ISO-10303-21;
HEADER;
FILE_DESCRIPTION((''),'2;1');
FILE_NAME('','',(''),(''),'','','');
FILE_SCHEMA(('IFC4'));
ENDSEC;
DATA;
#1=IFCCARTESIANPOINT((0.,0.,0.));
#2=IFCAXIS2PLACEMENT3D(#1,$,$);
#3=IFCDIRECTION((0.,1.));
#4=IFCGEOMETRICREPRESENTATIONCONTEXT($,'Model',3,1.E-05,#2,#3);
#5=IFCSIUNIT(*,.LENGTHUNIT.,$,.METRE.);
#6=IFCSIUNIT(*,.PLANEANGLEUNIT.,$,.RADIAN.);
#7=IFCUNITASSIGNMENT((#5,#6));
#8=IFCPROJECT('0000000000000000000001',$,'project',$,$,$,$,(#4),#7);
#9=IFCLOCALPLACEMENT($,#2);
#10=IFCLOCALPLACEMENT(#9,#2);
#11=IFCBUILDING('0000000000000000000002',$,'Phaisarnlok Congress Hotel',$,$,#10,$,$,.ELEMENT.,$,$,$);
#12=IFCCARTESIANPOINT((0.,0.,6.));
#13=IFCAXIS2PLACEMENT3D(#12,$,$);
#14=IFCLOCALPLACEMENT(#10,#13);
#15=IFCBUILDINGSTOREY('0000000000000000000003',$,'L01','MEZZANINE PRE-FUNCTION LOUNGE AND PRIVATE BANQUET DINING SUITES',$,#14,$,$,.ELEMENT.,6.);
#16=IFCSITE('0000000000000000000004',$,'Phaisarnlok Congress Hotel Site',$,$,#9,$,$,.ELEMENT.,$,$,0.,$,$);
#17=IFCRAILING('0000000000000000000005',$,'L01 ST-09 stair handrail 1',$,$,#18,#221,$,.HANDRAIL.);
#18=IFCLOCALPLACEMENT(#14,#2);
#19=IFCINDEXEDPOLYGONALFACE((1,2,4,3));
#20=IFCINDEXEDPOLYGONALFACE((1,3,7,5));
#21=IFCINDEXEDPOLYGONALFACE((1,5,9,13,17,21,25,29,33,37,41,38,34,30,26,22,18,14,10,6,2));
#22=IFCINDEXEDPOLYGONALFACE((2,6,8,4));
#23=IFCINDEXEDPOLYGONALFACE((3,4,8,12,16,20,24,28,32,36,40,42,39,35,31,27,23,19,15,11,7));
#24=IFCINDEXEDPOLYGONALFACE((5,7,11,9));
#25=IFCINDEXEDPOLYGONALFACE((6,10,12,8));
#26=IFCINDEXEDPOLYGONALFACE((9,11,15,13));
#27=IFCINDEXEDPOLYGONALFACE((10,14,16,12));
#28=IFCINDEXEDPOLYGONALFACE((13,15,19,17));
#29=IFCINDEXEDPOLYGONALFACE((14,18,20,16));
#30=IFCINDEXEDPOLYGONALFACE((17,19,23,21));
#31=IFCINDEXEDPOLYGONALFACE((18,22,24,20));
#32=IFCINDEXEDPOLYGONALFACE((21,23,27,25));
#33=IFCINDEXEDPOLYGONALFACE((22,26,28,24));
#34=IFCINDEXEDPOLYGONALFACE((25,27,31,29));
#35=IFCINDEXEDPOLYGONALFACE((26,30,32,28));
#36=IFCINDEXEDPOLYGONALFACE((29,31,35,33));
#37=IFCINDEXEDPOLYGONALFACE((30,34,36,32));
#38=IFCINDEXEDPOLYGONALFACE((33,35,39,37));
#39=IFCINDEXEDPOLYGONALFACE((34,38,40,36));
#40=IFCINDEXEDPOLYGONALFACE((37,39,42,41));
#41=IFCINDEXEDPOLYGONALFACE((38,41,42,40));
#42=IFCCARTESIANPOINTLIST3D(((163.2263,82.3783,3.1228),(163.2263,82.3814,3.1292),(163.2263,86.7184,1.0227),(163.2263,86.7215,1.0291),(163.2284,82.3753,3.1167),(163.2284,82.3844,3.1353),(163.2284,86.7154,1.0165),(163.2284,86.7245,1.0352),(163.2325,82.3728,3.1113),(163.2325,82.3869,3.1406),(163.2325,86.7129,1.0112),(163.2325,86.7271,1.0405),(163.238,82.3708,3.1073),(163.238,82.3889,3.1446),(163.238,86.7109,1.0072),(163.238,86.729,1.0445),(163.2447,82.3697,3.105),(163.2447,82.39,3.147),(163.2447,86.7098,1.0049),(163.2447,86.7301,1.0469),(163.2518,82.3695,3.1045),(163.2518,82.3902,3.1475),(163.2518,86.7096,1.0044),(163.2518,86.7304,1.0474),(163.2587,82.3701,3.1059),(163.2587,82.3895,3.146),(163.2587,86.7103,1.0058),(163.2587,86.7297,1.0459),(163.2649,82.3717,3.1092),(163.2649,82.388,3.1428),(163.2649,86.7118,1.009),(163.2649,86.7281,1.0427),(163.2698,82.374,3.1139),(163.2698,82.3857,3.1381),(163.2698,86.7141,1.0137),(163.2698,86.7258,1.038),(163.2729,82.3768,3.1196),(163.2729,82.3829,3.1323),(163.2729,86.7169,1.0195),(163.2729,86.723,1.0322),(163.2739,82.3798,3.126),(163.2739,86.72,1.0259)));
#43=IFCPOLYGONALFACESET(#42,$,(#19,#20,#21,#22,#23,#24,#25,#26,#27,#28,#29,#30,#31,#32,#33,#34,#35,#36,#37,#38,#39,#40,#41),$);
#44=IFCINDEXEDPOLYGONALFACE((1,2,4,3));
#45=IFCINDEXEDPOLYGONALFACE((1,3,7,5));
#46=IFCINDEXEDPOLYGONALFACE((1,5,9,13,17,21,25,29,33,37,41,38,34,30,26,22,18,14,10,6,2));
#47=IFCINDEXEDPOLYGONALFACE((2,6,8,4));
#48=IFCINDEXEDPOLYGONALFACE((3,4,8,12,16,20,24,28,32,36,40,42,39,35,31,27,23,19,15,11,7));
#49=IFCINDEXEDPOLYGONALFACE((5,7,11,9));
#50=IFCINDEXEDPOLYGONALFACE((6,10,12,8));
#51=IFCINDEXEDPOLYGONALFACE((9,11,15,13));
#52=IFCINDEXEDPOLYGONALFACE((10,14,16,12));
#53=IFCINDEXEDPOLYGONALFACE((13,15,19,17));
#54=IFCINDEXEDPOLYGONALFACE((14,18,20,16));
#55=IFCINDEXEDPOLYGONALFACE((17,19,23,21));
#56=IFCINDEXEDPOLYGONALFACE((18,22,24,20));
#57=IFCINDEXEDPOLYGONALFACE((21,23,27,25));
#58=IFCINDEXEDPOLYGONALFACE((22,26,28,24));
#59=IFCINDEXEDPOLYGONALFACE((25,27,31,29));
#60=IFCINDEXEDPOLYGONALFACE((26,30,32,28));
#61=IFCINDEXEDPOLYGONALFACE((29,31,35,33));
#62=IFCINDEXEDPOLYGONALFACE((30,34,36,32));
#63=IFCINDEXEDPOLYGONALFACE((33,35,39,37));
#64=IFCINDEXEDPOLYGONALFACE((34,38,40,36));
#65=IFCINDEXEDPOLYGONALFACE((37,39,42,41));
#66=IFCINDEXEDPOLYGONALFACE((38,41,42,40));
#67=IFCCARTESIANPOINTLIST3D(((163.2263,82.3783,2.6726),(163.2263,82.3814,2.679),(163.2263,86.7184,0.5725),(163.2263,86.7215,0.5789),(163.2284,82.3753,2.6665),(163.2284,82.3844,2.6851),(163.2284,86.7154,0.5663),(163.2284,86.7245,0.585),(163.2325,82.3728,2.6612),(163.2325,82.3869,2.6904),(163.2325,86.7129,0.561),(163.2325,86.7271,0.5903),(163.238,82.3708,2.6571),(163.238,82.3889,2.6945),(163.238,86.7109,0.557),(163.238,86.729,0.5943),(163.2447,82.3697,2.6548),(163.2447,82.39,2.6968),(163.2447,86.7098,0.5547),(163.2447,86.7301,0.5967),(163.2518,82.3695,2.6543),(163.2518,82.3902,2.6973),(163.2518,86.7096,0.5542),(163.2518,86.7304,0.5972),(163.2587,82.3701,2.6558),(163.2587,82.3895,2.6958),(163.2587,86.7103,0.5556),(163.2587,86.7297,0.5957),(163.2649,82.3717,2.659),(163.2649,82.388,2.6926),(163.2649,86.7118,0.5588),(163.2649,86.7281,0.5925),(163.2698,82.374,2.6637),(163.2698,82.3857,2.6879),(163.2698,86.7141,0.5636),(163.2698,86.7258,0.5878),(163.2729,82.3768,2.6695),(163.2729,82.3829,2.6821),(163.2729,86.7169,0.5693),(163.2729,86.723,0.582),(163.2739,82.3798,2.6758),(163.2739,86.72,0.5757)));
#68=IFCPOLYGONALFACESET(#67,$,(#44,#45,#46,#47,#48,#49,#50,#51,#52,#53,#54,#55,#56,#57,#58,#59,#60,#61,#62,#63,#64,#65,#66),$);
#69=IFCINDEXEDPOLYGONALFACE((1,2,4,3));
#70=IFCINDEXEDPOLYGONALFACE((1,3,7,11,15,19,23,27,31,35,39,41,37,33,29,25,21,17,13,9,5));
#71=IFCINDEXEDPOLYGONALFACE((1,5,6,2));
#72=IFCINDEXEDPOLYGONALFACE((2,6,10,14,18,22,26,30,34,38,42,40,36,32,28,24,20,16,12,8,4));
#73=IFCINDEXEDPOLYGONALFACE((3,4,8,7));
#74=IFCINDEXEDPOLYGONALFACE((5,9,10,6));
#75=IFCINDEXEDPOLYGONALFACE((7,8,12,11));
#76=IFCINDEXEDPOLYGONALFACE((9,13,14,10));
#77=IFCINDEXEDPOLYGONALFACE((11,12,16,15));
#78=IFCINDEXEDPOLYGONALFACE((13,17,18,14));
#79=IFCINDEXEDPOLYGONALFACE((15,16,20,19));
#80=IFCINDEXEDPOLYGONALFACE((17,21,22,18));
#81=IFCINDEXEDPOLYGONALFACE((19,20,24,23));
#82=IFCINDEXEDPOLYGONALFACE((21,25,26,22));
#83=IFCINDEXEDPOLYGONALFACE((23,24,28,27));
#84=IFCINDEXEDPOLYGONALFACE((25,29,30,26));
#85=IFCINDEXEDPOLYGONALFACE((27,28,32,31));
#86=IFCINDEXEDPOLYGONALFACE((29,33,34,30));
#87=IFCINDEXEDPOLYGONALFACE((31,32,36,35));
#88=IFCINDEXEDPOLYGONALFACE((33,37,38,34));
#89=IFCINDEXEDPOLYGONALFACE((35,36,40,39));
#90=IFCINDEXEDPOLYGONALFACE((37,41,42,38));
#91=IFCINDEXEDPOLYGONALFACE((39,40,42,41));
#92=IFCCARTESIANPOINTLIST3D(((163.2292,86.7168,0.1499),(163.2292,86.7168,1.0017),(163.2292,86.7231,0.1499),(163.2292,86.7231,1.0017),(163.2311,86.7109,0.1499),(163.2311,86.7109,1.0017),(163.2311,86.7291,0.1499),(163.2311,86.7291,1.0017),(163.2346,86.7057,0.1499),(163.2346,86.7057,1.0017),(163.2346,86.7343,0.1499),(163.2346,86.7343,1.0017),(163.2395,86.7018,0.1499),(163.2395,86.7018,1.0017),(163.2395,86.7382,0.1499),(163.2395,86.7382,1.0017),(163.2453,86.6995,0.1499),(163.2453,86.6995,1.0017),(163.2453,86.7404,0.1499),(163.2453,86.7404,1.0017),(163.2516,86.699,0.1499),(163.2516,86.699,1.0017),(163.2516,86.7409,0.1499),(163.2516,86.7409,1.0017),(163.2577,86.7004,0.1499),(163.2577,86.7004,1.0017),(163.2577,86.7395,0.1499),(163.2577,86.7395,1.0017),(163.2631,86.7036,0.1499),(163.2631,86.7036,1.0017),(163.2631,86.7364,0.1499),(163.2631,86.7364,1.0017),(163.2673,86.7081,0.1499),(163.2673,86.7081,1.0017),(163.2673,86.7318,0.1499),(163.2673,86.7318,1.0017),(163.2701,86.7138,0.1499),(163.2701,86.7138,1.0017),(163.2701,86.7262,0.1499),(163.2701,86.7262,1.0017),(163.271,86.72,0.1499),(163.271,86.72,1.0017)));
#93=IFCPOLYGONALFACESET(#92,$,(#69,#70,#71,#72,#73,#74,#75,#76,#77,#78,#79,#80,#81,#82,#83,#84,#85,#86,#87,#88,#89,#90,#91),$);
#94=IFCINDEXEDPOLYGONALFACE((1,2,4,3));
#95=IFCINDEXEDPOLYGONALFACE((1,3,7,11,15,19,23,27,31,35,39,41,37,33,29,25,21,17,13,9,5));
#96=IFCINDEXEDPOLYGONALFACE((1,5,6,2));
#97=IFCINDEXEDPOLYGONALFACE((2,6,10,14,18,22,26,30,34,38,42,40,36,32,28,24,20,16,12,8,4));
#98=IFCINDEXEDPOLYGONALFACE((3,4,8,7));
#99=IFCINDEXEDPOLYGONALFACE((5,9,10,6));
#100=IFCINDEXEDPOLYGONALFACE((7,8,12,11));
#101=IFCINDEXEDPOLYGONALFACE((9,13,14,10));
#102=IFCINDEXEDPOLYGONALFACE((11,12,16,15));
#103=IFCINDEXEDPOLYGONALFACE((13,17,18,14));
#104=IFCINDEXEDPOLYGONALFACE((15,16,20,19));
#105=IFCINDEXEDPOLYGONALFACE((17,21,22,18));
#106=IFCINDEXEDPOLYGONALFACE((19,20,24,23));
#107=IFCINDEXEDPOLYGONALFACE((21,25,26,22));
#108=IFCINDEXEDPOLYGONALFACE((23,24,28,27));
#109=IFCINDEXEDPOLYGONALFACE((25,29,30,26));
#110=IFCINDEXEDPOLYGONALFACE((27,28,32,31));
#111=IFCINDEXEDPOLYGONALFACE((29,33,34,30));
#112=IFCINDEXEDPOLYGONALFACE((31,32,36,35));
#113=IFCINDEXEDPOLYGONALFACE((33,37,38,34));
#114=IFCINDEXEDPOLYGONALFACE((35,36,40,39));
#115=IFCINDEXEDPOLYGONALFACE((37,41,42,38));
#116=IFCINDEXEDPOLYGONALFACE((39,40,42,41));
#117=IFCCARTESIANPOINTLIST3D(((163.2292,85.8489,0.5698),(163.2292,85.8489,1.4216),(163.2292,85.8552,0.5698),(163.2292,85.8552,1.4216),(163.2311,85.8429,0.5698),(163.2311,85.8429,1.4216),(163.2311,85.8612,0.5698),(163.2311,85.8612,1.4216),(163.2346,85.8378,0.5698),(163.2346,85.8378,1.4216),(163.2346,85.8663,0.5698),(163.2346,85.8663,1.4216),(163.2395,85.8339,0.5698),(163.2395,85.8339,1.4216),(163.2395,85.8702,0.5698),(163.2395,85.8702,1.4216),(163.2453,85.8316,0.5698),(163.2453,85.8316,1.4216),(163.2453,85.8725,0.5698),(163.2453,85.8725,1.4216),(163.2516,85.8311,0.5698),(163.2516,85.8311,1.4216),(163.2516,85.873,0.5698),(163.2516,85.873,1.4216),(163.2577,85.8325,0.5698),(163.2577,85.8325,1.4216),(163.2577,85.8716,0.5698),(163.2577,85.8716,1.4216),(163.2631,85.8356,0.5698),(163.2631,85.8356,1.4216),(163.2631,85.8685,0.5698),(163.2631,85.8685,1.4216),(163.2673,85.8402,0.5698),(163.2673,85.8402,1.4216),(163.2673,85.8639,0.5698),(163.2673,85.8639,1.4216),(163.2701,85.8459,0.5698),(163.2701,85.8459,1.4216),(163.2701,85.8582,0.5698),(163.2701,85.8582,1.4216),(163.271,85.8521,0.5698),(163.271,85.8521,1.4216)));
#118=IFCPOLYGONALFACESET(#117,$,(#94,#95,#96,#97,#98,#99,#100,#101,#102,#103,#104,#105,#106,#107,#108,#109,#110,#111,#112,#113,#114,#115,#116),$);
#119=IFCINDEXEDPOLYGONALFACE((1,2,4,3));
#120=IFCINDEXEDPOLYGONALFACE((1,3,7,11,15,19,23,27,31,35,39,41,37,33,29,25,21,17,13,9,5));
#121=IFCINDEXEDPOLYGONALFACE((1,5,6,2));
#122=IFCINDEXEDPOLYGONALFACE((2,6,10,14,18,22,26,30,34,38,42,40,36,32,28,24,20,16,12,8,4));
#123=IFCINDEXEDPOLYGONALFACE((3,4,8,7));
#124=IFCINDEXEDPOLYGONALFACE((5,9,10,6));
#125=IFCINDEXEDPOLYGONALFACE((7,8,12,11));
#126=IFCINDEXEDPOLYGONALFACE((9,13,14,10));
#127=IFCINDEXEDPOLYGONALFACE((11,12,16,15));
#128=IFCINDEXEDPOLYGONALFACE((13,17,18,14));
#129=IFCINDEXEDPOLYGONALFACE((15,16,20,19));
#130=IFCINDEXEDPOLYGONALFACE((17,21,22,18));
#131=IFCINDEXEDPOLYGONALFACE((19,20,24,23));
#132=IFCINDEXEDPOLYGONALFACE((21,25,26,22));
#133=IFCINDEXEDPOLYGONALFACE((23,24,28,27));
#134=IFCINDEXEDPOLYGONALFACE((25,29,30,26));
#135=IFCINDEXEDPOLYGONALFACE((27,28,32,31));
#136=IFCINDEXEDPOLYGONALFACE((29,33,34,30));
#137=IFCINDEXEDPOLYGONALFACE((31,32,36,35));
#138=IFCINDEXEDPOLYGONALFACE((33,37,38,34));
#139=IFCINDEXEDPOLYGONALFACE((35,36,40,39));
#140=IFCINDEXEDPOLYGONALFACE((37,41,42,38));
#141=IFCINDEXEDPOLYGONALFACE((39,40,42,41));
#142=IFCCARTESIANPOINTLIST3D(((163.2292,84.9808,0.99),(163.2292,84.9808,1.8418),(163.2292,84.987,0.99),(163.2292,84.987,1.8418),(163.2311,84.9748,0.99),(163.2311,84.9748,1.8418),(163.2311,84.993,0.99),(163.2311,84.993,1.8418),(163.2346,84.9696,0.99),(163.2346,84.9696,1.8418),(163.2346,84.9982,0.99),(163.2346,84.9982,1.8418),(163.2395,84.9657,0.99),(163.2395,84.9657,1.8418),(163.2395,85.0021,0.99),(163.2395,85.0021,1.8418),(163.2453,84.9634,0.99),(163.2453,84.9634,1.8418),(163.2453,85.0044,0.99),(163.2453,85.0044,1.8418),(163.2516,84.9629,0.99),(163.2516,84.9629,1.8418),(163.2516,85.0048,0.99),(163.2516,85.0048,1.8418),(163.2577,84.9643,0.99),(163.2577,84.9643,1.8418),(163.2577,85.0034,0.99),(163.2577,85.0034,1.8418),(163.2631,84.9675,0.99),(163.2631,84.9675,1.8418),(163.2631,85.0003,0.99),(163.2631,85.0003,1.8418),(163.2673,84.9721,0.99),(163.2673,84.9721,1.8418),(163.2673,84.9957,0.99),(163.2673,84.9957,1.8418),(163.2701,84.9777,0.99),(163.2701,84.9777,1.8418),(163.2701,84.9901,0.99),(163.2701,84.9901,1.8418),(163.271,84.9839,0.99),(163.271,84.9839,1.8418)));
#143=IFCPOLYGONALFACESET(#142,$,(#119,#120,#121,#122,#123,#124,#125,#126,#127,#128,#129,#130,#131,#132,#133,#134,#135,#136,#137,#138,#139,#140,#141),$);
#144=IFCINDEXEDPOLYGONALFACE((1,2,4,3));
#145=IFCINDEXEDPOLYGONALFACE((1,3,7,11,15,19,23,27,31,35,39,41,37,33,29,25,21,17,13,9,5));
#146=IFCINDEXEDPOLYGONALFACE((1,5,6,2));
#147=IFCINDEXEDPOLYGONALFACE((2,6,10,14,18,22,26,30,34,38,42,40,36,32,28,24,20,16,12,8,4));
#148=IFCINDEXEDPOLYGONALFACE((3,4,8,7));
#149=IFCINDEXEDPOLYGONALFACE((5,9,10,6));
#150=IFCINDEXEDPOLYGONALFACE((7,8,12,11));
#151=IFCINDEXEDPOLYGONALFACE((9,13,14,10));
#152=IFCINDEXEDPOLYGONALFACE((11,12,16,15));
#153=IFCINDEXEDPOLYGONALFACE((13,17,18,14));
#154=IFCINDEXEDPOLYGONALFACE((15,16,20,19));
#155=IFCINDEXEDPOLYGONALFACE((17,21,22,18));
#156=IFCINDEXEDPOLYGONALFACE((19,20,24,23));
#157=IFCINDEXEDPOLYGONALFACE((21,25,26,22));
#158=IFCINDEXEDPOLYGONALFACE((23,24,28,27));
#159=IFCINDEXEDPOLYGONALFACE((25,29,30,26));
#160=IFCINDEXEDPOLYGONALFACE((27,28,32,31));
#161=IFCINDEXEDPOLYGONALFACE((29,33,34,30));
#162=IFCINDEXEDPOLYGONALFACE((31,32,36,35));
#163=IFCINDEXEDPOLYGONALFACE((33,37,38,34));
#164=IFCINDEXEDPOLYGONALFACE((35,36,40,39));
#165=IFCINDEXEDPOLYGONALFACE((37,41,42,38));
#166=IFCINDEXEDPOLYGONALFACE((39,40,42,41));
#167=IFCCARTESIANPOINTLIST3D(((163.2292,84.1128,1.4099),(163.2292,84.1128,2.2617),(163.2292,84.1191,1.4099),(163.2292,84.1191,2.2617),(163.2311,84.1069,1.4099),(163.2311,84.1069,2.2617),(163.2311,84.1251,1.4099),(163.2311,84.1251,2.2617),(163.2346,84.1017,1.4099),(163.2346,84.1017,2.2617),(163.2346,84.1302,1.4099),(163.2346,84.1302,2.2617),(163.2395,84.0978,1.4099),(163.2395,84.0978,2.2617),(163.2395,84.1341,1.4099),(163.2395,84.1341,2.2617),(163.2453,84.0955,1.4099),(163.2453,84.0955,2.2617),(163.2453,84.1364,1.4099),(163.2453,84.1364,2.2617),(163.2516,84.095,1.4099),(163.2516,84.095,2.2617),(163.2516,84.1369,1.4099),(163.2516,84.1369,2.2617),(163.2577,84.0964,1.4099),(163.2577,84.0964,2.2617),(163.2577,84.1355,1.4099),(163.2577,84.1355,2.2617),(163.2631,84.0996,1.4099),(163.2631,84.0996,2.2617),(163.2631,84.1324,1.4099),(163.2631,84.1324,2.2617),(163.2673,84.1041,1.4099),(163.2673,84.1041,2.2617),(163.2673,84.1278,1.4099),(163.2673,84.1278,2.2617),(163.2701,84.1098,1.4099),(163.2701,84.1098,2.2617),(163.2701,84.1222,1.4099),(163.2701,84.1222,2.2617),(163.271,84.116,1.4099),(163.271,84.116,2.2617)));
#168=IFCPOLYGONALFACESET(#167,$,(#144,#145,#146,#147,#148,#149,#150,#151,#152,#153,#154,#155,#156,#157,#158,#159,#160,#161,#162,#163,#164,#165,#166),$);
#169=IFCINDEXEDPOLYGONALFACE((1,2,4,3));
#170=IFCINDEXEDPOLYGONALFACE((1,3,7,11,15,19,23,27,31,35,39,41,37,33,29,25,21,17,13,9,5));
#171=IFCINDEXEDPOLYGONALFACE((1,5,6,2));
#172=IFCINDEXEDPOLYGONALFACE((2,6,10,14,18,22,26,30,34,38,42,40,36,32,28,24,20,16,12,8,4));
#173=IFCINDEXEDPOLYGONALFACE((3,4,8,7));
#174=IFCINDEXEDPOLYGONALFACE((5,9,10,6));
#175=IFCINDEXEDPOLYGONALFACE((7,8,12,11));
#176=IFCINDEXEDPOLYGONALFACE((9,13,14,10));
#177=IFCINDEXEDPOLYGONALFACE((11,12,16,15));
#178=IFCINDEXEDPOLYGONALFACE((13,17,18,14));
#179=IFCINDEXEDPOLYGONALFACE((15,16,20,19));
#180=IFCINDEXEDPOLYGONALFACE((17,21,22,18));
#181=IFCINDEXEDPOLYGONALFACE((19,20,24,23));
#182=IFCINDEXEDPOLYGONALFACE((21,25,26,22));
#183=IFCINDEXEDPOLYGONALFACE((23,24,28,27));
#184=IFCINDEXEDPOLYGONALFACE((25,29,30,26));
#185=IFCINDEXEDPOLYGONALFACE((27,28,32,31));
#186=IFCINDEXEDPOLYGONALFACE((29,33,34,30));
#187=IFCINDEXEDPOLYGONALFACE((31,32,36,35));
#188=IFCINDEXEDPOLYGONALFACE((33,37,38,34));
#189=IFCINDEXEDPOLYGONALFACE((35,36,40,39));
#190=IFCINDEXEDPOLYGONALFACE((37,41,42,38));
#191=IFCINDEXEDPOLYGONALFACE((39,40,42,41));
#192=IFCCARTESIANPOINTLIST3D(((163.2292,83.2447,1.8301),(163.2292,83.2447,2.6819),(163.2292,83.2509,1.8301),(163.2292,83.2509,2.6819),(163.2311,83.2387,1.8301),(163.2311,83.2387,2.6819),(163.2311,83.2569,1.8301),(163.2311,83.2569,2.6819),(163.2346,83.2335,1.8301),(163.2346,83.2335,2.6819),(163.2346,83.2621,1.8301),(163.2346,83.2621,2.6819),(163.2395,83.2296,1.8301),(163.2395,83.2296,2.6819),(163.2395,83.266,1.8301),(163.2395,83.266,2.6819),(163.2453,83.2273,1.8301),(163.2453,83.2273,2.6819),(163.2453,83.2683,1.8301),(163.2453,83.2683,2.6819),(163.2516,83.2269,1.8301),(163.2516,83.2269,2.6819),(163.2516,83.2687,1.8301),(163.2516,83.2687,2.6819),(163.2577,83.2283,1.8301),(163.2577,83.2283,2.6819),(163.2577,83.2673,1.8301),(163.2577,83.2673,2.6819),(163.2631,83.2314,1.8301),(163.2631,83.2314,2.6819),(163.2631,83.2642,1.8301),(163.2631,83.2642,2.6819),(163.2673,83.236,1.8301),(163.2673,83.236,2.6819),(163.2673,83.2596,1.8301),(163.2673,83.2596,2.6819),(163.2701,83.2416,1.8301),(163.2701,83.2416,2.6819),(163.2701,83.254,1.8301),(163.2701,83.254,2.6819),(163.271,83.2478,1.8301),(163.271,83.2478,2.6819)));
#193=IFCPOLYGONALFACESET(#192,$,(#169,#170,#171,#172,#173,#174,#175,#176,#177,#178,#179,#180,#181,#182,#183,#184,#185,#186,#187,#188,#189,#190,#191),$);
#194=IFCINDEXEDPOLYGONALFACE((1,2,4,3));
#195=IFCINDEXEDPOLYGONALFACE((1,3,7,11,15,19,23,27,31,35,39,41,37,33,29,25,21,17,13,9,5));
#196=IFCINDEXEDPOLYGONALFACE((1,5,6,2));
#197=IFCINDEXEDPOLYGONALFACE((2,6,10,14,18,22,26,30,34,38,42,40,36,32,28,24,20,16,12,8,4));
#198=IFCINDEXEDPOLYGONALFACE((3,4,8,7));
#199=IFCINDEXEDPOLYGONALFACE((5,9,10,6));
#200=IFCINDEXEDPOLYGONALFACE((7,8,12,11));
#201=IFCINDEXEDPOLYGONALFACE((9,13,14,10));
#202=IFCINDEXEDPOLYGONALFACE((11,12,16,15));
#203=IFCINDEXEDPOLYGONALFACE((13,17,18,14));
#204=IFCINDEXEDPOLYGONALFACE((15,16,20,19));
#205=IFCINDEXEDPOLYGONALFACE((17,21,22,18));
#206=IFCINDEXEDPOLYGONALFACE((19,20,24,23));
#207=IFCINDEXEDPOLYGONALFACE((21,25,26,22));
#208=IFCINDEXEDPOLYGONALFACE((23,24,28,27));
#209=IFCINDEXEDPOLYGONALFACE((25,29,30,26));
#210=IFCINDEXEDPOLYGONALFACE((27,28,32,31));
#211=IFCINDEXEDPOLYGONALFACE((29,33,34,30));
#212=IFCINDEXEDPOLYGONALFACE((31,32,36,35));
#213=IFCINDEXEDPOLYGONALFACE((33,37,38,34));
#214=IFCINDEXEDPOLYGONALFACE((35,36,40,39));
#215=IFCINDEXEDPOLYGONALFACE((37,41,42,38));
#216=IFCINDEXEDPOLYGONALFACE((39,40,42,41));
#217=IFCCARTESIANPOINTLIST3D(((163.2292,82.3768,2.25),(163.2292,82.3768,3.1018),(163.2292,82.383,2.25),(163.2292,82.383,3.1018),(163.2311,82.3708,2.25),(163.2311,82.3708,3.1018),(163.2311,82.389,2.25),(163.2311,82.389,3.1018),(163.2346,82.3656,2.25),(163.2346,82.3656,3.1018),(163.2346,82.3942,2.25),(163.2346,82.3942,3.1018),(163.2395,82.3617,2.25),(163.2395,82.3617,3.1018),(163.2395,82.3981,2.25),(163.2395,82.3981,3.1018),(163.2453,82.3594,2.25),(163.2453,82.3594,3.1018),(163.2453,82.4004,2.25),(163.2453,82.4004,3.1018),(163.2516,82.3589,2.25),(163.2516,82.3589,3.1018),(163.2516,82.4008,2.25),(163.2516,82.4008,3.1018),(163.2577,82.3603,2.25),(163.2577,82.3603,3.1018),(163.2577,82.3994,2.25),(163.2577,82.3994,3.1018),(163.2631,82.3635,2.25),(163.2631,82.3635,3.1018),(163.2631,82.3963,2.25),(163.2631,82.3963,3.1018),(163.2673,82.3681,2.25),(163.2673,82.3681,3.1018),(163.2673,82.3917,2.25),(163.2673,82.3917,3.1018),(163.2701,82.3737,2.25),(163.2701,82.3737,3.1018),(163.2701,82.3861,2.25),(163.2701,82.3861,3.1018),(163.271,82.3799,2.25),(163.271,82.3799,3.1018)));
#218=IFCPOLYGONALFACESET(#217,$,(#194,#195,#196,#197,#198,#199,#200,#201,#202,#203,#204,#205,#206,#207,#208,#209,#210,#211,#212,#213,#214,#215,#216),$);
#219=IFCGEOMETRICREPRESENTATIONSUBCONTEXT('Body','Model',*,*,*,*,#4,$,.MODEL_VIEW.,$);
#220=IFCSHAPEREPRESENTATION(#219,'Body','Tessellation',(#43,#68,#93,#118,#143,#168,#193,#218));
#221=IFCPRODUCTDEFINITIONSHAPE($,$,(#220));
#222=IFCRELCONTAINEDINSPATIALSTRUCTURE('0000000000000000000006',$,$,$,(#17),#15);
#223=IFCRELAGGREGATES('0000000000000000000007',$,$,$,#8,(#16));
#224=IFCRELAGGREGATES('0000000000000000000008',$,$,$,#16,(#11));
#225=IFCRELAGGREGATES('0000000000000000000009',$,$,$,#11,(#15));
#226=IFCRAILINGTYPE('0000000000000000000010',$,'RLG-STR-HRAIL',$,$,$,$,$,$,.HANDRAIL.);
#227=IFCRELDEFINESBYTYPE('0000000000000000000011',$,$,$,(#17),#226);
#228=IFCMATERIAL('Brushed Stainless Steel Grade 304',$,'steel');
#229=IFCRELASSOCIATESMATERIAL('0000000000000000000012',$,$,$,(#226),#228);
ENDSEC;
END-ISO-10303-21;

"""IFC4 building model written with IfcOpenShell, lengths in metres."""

from ifc_helpers import new_model, si_unit, direction, frame, origin, origin_2d, place, context, subcontext, project, spatial, circle, extrude, material, type_object, element, save


model = new_model("IFC4")

# Units and contexts
model_context = context("Model", 3, precision=1e-05, world=origin(), true_north=direction((0.0, 1.0)))
body_context = subcontext(model_context, "Body", "Model", "MODEL_VIEW")
ifc_project = project(units=[si_unit("LENGTHUNIT", "METRE"), si_unit("PLANEANGLEUNIT", "RADIAN")], contexts=[model_context])

# Site, building, storey
site_placement = place(None, origin())
site = spatial("IfcSite", under=ifc_project, at=site_placement, Name="Phaisarnlok Congress Hotel Site", CompositionType="ELEMENT", RefElevation=0.0)
building_placement = place(site_placement, origin())
building = spatial("IfcBuilding", under=site, at=building_placement, Name="Phaisarnlok Congress Hotel", CompositionType="ELEMENT")
storey_placement = place(building_placement, frame((0.0, 0.0, 6.0)))
storey = spatial("IfcBuildingStorey", under=building, at=storey_placement, Name="L01", Description="MEZZANINE PRE-FUNCTION LOUNGE AND PRIVATE BANQUET DINING SUITES", CompositionType="ELEMENT", Elevation=6.0)

# Railing
ifc_material_1 = material(Name="Brushed Stainless Steel Grade 304", Category="steel")
railing_type_1 = type_object("IfcRailingType", Name="RLG-STR-HRAIL", PredefinedType="HANDRAIL", material=ifc_material_1)
railing_1_placement = place(storey_placement, frame((163.25, 86.72, 0.1499)))
element("IfcRailing", 1, at=railing_1_placement, inside=storey, type_object=railing_type_1, Name="L01 ST-09 stair handrail 1", PredefinedType="HANDRAIL", context=body_context, shape_type="SweptSolid", body=[
    extrude(circle(Radius=0.0239, at=origin_2d()), frame((0.0, 0.0, 0.876), z_axis=(0.0, -0.900155, 0.43557), x_axis=(1.0, 0.0, 0.0)), (0.0, 0.0, 1.0), 4.8215),
    extrude(circle(Radius=0.0239, at=origin_2d()), frame((0.0, 0.0, 0.4258), z_axis=(0.0, -0.900155, 0.43557), x_axis=(1.0, 0.0, 0.0)), (0.0, 0.0, 1.0), 4.8215),
    extrude(circle(Radius=0.021, at=origin_2d()), origin(), (0.0, 0.0, 1.0), 0.8518),
    extrude(circle(Radius=0.021, at=origin_2d()), frame((0.0, -0.8679, 0.4199)), (0.0, 0.0, 1.0), 0.8518),
    extrude(circle(Radius=0.021, at=origin_2d()), frame((0.0, -1.7361, 0.8401)), (0.0, 0.0, 1.0), 0.8518),
    extrude(circle(Radius=0.021, at=origin_2d()), frame((0.0, -2.604, 1.26)), (0.0, 0.0, 1.0), 0.8518),
    extrude(circle(Radius=0.021, at=origin_2d()), frame((0.0, -3.4722, 1.6802)), (0.0, 0.0, 1.0), 0.8518),
    extrude(circle(Radius=0.021, at=origin_2d()), frame((0.0, -4.3401, 2.1001)), (0.0, 0.0, 1.0), 0.8518),
])

save(model, "model.ifc")
